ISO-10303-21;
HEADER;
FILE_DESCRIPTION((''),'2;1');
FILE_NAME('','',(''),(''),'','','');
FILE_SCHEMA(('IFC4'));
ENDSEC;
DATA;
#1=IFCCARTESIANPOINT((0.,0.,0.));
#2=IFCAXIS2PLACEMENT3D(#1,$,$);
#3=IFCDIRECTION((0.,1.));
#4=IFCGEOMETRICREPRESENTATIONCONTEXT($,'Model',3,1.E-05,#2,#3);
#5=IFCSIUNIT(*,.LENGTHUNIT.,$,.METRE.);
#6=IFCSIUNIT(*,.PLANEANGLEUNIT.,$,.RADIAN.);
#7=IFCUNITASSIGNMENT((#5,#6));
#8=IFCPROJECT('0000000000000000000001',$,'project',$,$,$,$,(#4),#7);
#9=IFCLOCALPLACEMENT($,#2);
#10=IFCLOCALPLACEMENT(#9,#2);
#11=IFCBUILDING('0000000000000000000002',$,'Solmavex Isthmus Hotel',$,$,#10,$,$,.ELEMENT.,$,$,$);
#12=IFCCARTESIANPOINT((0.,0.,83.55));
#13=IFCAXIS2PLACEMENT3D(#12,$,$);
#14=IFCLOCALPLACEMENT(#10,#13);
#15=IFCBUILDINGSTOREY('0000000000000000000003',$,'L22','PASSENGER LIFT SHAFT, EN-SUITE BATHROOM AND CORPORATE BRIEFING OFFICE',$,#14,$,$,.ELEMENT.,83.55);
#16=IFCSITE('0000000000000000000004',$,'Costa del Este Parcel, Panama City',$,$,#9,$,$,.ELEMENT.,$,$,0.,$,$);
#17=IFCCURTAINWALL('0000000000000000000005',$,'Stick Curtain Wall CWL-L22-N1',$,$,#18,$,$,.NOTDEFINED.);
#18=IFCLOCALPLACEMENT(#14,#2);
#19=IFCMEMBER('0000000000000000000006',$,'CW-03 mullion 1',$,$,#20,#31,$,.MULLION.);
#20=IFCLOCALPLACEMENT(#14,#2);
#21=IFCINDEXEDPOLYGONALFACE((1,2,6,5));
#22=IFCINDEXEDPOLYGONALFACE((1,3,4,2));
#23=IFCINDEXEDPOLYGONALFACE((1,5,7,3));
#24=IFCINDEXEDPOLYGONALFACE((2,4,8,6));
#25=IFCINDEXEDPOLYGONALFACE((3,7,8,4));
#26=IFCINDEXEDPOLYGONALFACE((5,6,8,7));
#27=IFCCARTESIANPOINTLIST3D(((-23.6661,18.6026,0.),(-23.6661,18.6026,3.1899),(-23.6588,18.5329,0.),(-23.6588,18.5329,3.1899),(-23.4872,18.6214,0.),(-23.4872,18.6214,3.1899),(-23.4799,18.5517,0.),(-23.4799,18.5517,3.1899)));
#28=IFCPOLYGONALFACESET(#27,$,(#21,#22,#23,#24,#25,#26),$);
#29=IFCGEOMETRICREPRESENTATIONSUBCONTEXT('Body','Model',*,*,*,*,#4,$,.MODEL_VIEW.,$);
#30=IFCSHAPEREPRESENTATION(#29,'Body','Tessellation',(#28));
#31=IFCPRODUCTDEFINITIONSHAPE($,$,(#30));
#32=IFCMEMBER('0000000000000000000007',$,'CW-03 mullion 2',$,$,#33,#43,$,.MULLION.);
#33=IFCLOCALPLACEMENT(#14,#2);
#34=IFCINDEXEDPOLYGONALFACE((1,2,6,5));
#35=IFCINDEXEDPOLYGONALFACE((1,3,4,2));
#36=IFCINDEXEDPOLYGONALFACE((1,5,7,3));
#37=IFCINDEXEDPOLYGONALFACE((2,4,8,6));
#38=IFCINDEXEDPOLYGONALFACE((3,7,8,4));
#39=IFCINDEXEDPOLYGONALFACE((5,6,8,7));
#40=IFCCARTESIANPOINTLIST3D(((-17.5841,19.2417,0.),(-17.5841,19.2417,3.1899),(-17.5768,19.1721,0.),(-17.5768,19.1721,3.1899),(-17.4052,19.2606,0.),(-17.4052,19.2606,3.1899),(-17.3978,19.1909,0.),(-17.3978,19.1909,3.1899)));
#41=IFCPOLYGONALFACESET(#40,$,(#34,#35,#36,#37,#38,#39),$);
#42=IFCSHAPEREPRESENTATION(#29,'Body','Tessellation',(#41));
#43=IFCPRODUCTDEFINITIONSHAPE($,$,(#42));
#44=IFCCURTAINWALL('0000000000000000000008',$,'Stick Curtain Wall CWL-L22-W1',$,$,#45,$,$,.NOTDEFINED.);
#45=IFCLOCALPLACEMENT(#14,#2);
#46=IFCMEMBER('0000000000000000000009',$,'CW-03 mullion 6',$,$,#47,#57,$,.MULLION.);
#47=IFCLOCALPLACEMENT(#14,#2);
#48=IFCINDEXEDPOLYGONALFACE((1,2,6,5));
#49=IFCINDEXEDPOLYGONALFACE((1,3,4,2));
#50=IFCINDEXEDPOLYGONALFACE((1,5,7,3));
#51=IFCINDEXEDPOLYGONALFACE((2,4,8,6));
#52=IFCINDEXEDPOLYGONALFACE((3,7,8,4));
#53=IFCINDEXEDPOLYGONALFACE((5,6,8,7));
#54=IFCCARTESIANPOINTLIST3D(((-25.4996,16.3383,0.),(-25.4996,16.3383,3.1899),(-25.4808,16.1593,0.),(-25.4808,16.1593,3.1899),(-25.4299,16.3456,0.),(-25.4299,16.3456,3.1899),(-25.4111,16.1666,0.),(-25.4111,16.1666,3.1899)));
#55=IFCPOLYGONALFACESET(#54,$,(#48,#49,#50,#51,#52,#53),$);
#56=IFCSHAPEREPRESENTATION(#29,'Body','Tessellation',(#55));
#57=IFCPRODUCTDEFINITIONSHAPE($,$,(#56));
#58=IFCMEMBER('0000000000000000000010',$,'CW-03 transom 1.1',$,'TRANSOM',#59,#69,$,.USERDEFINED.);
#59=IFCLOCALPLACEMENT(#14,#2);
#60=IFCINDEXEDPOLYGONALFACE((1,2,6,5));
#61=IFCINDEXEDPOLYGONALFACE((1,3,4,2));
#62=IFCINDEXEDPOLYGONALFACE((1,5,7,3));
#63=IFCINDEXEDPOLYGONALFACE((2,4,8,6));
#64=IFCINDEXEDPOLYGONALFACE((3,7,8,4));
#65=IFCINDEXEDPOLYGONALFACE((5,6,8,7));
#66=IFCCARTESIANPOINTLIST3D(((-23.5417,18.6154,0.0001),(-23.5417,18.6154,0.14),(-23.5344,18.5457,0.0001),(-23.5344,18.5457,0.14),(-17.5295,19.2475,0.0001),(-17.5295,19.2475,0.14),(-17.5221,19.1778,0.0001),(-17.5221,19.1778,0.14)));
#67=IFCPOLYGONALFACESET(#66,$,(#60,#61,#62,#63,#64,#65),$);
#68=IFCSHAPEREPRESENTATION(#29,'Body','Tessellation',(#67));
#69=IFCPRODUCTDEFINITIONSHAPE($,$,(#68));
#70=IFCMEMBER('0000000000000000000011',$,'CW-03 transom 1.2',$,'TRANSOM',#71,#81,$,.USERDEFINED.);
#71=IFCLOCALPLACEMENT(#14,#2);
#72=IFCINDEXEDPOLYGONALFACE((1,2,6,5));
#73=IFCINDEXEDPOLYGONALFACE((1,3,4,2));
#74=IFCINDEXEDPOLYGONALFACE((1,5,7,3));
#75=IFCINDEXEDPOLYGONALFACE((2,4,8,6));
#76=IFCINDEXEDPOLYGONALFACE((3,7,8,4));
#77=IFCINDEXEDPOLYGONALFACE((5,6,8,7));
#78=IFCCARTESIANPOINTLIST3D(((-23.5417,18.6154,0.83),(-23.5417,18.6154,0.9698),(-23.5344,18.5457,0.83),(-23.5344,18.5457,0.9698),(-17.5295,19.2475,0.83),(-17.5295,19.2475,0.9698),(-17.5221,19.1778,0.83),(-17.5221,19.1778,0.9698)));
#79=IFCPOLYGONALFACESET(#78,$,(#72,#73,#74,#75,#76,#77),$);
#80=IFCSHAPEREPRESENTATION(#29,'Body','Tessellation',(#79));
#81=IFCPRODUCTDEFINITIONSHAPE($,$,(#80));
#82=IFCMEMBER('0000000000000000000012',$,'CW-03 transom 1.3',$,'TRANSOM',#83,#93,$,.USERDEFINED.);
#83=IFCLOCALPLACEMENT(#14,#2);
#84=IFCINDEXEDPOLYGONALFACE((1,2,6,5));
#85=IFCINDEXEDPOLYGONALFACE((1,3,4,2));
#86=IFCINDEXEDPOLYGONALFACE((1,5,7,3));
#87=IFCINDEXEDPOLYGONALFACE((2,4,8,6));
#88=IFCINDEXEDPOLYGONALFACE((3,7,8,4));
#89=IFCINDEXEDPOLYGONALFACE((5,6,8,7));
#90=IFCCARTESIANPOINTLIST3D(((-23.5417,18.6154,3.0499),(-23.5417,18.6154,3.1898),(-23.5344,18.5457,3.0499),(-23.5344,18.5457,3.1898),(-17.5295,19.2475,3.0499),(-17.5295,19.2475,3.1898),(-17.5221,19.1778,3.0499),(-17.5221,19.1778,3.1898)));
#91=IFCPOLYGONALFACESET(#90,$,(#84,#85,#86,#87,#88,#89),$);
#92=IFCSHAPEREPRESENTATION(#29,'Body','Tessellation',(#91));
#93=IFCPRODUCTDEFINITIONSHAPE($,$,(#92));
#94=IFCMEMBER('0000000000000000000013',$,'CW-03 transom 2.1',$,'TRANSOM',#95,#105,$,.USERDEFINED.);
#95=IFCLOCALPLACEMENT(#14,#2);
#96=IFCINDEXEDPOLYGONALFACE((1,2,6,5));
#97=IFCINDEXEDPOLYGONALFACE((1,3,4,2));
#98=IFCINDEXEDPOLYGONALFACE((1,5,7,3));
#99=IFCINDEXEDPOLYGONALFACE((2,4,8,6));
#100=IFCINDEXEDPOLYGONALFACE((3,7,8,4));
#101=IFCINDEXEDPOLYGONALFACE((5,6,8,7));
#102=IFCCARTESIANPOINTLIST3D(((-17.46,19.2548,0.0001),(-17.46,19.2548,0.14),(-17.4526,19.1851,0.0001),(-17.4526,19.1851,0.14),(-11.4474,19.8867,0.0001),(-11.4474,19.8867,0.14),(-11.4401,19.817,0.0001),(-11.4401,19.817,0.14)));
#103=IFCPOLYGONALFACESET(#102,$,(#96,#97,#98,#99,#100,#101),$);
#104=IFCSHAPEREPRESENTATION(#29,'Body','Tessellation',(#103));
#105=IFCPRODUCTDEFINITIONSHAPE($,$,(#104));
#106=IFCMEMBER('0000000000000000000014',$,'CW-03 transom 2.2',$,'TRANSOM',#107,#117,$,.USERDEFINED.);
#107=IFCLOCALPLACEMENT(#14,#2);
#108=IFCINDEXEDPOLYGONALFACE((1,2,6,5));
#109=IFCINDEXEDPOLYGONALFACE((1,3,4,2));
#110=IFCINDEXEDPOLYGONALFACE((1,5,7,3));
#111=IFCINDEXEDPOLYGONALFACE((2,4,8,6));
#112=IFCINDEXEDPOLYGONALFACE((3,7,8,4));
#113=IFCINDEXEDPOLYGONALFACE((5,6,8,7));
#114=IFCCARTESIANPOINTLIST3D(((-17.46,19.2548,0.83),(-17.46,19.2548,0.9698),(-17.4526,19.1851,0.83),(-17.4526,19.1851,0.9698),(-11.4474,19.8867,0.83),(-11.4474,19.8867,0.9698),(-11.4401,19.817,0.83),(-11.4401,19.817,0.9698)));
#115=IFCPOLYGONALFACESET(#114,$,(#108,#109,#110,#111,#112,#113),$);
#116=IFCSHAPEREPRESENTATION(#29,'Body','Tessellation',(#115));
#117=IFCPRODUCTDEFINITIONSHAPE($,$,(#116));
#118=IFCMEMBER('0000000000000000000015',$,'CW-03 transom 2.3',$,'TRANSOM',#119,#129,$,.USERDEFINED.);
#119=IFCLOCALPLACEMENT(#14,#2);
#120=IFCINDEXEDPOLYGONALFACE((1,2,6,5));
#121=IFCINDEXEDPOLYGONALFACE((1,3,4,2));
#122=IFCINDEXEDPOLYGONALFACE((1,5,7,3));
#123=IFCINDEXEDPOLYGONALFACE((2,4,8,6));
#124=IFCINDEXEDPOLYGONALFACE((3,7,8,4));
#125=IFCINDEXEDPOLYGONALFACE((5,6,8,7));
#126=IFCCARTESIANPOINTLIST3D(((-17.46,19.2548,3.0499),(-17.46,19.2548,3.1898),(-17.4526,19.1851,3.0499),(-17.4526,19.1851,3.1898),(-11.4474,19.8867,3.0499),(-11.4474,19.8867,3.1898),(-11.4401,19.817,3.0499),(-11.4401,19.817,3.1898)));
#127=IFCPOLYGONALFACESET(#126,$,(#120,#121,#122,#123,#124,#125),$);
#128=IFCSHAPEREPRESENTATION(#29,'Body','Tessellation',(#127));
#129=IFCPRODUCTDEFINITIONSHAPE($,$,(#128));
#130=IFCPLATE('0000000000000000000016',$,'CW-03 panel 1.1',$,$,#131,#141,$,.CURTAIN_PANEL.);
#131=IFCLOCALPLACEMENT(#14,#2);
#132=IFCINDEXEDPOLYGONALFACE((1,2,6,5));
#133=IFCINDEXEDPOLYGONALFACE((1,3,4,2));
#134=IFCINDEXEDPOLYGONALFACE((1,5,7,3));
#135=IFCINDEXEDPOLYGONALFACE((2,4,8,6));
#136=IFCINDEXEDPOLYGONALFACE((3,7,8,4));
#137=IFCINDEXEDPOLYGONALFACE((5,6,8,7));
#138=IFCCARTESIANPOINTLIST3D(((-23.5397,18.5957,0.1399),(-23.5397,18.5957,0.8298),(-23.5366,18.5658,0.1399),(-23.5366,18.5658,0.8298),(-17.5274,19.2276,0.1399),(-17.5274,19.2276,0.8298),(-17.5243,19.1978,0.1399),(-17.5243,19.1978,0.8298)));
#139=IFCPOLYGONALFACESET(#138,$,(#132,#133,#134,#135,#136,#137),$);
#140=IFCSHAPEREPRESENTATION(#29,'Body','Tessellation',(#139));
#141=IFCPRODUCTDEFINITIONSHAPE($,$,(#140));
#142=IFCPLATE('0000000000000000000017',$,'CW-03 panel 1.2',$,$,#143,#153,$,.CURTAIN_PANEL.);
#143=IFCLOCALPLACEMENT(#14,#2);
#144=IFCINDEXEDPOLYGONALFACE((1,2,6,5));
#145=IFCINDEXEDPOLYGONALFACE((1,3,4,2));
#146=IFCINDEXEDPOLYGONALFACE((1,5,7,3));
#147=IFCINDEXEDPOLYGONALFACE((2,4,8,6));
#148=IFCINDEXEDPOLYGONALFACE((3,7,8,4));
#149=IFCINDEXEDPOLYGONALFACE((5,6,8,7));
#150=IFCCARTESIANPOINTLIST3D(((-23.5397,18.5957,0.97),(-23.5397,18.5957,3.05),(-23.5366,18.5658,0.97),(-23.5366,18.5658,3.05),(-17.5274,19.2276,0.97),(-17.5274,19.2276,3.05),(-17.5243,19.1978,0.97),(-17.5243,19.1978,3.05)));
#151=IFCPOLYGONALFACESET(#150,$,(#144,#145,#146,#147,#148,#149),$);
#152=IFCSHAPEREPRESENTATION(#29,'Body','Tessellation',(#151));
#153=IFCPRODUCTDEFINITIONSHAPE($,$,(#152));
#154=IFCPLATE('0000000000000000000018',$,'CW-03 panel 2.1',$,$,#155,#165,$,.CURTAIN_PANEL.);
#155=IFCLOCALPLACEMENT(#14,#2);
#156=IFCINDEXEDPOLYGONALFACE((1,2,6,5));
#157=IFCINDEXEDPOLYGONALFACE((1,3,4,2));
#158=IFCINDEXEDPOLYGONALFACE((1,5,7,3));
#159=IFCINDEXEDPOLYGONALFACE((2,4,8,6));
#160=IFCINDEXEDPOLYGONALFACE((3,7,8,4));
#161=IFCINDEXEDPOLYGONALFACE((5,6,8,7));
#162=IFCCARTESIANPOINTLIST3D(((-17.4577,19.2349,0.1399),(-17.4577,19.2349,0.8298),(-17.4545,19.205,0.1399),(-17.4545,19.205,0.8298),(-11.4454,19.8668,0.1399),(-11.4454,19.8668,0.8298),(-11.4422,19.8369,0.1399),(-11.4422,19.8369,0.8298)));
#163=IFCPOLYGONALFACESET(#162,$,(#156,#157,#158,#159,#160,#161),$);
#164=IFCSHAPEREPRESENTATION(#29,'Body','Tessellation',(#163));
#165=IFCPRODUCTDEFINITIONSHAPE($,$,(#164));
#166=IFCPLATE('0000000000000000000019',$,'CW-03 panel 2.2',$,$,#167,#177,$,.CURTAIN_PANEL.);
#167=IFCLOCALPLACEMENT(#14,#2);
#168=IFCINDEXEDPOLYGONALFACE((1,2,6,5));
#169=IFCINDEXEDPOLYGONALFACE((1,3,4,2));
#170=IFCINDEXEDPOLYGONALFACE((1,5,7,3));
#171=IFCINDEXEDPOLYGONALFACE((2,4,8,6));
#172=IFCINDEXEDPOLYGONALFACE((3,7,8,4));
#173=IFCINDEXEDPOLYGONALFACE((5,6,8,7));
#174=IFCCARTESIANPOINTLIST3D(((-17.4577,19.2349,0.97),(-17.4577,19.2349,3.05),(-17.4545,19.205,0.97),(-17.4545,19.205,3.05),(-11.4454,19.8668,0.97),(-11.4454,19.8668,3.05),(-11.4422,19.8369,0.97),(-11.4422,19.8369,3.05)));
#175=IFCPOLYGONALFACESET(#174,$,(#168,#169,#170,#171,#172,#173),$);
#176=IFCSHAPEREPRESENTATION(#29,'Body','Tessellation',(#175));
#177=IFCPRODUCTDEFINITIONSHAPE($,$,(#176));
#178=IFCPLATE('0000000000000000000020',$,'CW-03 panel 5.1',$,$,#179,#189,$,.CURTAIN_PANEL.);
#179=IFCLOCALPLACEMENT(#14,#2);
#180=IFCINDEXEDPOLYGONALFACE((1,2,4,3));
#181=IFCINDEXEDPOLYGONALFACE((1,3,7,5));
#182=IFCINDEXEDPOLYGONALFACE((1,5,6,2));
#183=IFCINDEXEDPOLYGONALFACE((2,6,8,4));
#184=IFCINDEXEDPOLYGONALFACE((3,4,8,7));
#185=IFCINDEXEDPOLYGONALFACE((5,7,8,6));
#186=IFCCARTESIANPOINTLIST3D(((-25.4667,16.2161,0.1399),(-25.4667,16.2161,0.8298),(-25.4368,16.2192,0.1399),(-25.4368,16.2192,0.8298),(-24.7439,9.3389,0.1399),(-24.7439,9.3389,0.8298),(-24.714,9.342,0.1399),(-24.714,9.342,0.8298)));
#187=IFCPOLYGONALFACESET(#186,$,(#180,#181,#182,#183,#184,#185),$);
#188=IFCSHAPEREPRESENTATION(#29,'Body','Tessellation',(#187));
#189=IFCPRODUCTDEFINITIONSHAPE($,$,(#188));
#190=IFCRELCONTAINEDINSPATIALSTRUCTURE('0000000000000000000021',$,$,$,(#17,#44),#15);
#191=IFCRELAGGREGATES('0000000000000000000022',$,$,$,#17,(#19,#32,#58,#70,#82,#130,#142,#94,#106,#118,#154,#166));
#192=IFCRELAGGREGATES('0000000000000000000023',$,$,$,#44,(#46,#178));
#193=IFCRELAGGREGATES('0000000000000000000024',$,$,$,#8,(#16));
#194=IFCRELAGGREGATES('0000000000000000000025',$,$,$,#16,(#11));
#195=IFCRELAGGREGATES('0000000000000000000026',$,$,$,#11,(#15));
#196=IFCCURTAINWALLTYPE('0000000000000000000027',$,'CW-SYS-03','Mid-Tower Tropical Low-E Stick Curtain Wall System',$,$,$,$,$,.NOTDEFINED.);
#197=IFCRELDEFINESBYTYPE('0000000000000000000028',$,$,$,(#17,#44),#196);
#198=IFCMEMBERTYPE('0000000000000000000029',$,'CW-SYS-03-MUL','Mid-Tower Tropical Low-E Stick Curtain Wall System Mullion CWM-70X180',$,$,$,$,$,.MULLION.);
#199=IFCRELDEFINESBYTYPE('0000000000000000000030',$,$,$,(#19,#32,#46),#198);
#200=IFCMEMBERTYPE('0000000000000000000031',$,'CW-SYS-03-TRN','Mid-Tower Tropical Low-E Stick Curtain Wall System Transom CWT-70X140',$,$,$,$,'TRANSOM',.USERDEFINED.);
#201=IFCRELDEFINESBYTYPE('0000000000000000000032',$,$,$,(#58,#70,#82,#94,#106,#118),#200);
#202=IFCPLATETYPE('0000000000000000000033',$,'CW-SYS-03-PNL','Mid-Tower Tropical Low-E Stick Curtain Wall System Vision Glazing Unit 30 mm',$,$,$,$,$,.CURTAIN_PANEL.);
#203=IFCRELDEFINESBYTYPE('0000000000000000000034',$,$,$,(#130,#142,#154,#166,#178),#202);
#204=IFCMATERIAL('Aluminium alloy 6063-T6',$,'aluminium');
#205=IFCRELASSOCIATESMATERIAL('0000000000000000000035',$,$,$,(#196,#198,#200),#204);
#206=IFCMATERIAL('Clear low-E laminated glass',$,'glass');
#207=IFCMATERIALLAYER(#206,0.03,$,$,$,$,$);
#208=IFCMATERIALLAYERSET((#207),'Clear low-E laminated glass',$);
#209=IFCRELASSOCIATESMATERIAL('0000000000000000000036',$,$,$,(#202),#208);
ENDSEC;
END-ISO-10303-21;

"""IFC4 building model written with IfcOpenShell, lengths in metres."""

from ifc_helpers import new_model, si_unit, direction, frame, origin, origin_2d, place, context, subcontext, project, spatial, rectangle, extrude, material, layer, layer_set, material_profile, profile_set, type_object, element, aggregate, save


model = new_model("IFC4")

# Units and contexts
model_context = context("Model", 3, precision=1e-05, world=origin(), true_north=direction((0.0, 1.0)))
body_context = subcontext(model_context, "Body", "Model", "MODEL_VIEW")
ifc_project = project(units=[si_unit("LENGTHUNIT", "METRE"), si_unit("PLANEANGLEUNIT", "RADIAN")], contexts=[model_context])

# Site, building, storey
site_placement = place(None, origin())
site = spatial("IfcSite", under=ifc_project, at=site_placement, Name="Costa del Este Parcel, Panama City", CompositionType="ELEMENT", RefElevation=0.0)
building_placement = place(site_placement, origin())
building = spatial("IfcBuilding", under=site, at=building_placement, Name="Solmavex Isthmus Hotel", CompositionType="ELEMENT")
storey_placement = place(building_placement, frame((0.0, 0.0, 83.55)))
storey = spatial("IfcBuildingStorey", under=building, at=storey_placement, Name="L22", Description="PASSENGER LIFT SHAFT, EN-SUITE BATHROOM AND CORPORATE BRIEFING OFFICE", CompositionType="ELEMENT", Elevation=83.55)

# Curtain wall, members
ifc_material_1 = material(Name="Aluminium alloy 6063-T6", Category="aluminium")
curtain_wall_type = type_object("IfcCurtainWallType", Name="CW-SYS-03", Description="Mid-Tower Tropical Low-E Stick Curtain Wall System", PredefinedType="NOTDEFINED", material=ifc_material_1)
curtain_wall_1_placement = place(storey_placement, origin())
curtain_wall_1 = element("IfcCurtainWall", 1, at=curtain_wall_1_placement, inside=storey, type_object=curtain_wall_type, Name="Stick Curtain Wall CWL-L22-N1", PredefinedType="NOTDEFINED")
ifc_material_profile_1 = material_profile(ifc_material_1, rectangle(XDim=0.0701, YDim=0.1799, at=origin_2d()), Name="CWM-70X180")
ifc_profile_set_1 = profile_set([ifc_material_profile_1], Name="Aluminium alloy 6063-T6")
member_type_1 = type_object("IfcMemberType", Name="CW-SYS-03-MUL", Description="Mid-Tower Tropical Low-E Stick Curtain Wall System Mullion CWM-70X180", PredefinedType="MULLION", material=ifc_profile_set_1)
member_1_placement = place(storey_placement, frame((-23.573, 18.5771, 0.0), z_axis=(0.0, 0.0, 1.0), x_axis=(-0.104528, 0.994522, 0.0)))
member_1 = element("IfcMember", 2, at=member_1_placement, type_object=member_type_1, Name="CW-03 mullion 1", PredefinedType="MULLION", context=body_context, shape_type="SweptSolid", body=[
    extrude(rectangle(XDim=0.0701, YDim=0.1799, at=origin_2d()), origin(), (0.0, 0.0, 1.0), 3.1899),
])
member_2_placement = place(storey_placement, frame((-17.491, 19.2163, 0.0), z_axis=(0.0, 0.0, 1.0), x_axis=(-0.104528, 0.994522, 0.0)))
member_2 = element("IfcMember", 3, at=member_2_placement, type_object=member_type_1, Name="CW-03 mullion 2", PredefinedType="MULLION", context=body_context, shape_type="SweptSolid", body=[
    extrude(rectangle(XDim=0.0701, YDim=0.1799, at=origin_2d()), origin(), (0.0, 0.0, 1.0), 3.1899),
])

# Curtain wall, member
curtain_wall_2_placement = place(storey_placement, origin())
curtain_wall_2 = element("IfcCurtainWall", 4, at=curtain_wall_2_placement, inside=storey, type_object=curtain_wall_type, Name="Stick Curtain Wall CWL-L22-W1", PredefinedType="NOTDEFINED")
member_3_placement = place(storey_placement, frame((-25.4553, 16.2524, 0.0), z_axis=(0.0, 0.0, 1.0), x_axis=(-0.994522, -0.104528, 0.0)))
member_3 = element("IfcMember", 5, at=member_3_placement, type_object=member_type_1, Name="CW-03 mullion 6", PredefinedType="MULLION", context=body_context, shape_type="SweptSolid", body=[
    extrude(rectangle(XDim=0.0701, YDim=0.1799, at=origin_2d()), origin(), (0.0, 0.0, 1.0), 3.1899),
])

# Members
ifc_material_profile_2 = material_profile(ifc_material_1, rectangle(XDim=0.0701, YDim=0.1399, at=origin_2d()), Name="CWT-70X140")
ifc_profile_set_2 = profile_set([ifc_material_profile_2], Name="Aluminium alloy 6063-T6")
member_type_2 = type_object("IfcMemberType", Name="CW-SYS-03-TRN", Description="Mid-Tower Tropical Low-E Stick Curtain Wall System Transom CWT-70X140", ElementType="TRANSOM", PredefinedType="USERDEFINED", material=ifc_profile_set_2)
member_4_placement = place(storey_placement, frame((-23.5381, 18.5806, 0.0701), z_axis=(0.994519, 0.104557, 0.0), x_axis=(-0.104557, 0.994519, 0.0)))
member_4 = element("IfcMember", 6, at=member_4_placement, type_object=member_type_2, Name="CW-03 transom 1.1", ObjectType="TRANSOM", PredefinedType="USERDEFINED", context=body_context, shape_type="SweptSolid", body=[
    extrude(rectangle(XDim=0.0701, YDim=0.1399, at=origin_2d()), origin(), (0.0, 0.0, 1.0), 6.0454),
])
member_5_placement = place(storey_placement, frame((-23.5381, 18.5806, 0.8999), z_axis=(0.994519, 0.104557, 0.0), x_axis=(-0.104557, 0.994519, 0.0)))
member_5 = element("IfcMember", 7, at=member_5_placement, type_object=member_type_2, Name="CW-03 transom 1.2", ObjectType="TRANSOM", PredefinedType="USERDEFINED", context=body_context, shape_type="SweptSolid", body=[
    extrude(rectangle(XDim=0.0701, YDim=0.1399, at=origin_2d()), origin(), (0.0, 0.0, 1.0), 6.0454),
])
member_6_placement = place(storey_placement, frame((-23.5381, 18.5806, 3.1199), z_axis=(0.994519, 0.104557, 0.0), x_axis=(-0.104557, 0.994519, 0.0)))
member_6 = element("IfcMember", 8, at=member_6_placement, type_object=member_type_2, Name="CW-03 transom 1.3", ObjectType="TRANSOM", PredefinedType="USERDEFINED", context=body_context, shape_type="SweptSolid", body=[
    extrude(rectangle(XDim=0.0701, YDim=0.1399, at=origin_2d()), origin(), (0.0, 0.0, 1.0), 6.0454),
])
member_7_placement = place(storey_placement, frame((-17.4563, 19.22, 0.0701), z_axis=(0.994524, 0.104512, 0.0), x_axis=(-0.104512, 0.994524, 0.0)))
member_7 = element("IfcMember", 9, at=member_7_placement, type_object=member_type_2, Name="CW-03 transom 2.1", ObjectType="TRANSOM", PredefinedType="USERDEFINED", context=body_context, shape_type="SweptSolid", body=[
    extrude(rectangle(XDim=0.0701, YDim=0.1399, at=origin_2d()), origin(), (0.0, 0.0, 1.0), 6.0457),
])
member_8_placement = place(storey_placement, frame((-17.4563, 19.22, 0.8999), z_axis=(0.994524, 0.104512, 0.0), x_axis=(-0.104512, 0.994524, 0.0)))
member_8 = element("IfcMember", 10, at=member_8_placement, type_object=member_type_2, Name="CW-03 transom 2.2", ObjectType="TRANSOM", PredefinedType="USERDEFINED", context=body_context, shape_type="SweptSolid", body=[
    extrude(rectangle(XDim=0.0701, YDim=0.1399, at=origin_2d()), origin(), (0.0, 0.0, 1.0), 6.0457),
])
member_9_placement = place(storey_placement, frame((-17.4563, 19.22, 3.1199), z_axis=(0.994524, 0.104512, 0.0), x_axis=(-0.104512, 0.994524, 0.0)))
member_9 = element("IfcMember", 11, at=member_9_placement, type_object=member_type_2, Name="CW-03 transom 2.3", ObjectType="TRANSOM", PredefinedType="USERDEFINED", context=body_context, shape_type="SweptSolid", body=[
    extrude(rectangle(XDim=0.0701, YDim=0.1399, at=origin_2d()), origin(), (0.0, 0.0, 1.0), 6.0457),
])

# Plates
ifc_material_2 = material(Name="Clear low-E laminated glass", Category="glass")
ifc_layer_1 = layer(ifc_material_2, 0.03)
ifc_layer_set_1 = layer_set([ifc_layer_1], Name="Clear low-E laminated glass")
plate_type = type_object("IfcPlateType", Name="CW-SYS-03-PNL", Description="Mid-Tower Tropical Low-E Stick Curtain Wall System Vision Glazing Unit 30 mm", PredefinedType="CURTAIN_PANEL", material=ifc_layer_set_1)
plate_1_placement = place(storey_placement, frame((-20.532, 18.8967, 0.1399), z_axis=(0.0, 0.0, 1.0), x_axis=(0.994522, 0.104528, 0.0)))
plate_1 = element("IfcPlate", 12, at=plate_1_placement, type_object=plate_type, Name="CW-03 panel 1.1", PredefinedType="CURTAIN_PANEL", context=body_context, shape_type="SweptSolid", body=[
    extrude(rectangle(XDim=6.0454, YDim=0.03, at=origin_2d()), origin(), (0.0, 0.0, 1.0), 0.6899),
])
plate_2_placement = place(storey_placement, frame((-20.532, 18.8967, 0.97), z_axis=(0.0, 0.0, 1.0), x_axis=(0.994522, 0.104528, 0.0)))
plate_2 = element("IfcPlate", 13, at=plate_2_placement, type_object=plate_type, Name="CW-03 panel 1.2", PredefinedType="CURTAIN_PANEL", context=body_context, shape_type="SweptSolid", body=[
    extrude(rectangle(XDim=6.0454, YDim=0.03, at=origin_2d()), origin(), (0.0, 0.0, 1.0), 2.0801),
])
plate_3_placement = place(storey_placement, frame((-14.45, 19.5359, 0.1399), z_axis=(0.0, 0.0, 1.0), x_axis=(0.994522, 0.104528, 0.0)))
plate_3 = element("IfcPlate", 14, at=plate_3_placement, type_object=plate_type, Name="CW-03 panel 2.1", PredefinedType="CURTAIN_PANEL", context=body_context, shape_type="SweptSolid", body=[
    extrude(rectangle(XDim=6.0454, YDim=0.03, at=origin_2d()), origin(), (0.0, 0.0, 1.0), 0.6899),
])
plate_4_placement = place(storey_placement, frame((-14.45, 19.5359, 0.97), z_axis=(0.0, 0.0, 1.0), x_axis=(0.994522, 0.104528, 0.0)))
plate_4 = element("IfcPlate", 15, at=plate_4_placement, type_object=plate_type, Name="CW-03 panel 2.2", PredefinedType="CURTAIN_PANEL", context=body_context, shape_type="SweptSolid", body=[
    extrude(rectangle(XDim=6.0454, YDim=0.03, at=origin_2d()), origin(), (0.0, 0.0, 1.0), 2.0801),
])
aggregate(curtain_wall_1, [member_1, member_2, member_4, member_5, member_6, plate_1, plate_2, member_7, member_8, member_9, plate_3, plate_4])
plate_5_placement = place(storey_placement, frame((-25.0903, 12.7791, 0.1399), z_axis=(0.0, 0.0, 1.0), x_axis=(-0.104528, 0.994522, 0.0)))
plate_5 = element("IfcPlate", 16, at=plate_5_placement, type_object=plate_type, Name="CW-03 panel 5.1", PredefinedType="CURTAIN_PANEL", context=body_context, shape_type="SweptSolid", body=[
    extrude(rectangle(XDim=6.915, YDim=0.03, at=origin_2d()), origin(), (0.0, 0.0, 1.0), 0.6899),
])
aggregate(curtain_wall_2, [member_3, plate_5])

save(model, "model.ifc")
